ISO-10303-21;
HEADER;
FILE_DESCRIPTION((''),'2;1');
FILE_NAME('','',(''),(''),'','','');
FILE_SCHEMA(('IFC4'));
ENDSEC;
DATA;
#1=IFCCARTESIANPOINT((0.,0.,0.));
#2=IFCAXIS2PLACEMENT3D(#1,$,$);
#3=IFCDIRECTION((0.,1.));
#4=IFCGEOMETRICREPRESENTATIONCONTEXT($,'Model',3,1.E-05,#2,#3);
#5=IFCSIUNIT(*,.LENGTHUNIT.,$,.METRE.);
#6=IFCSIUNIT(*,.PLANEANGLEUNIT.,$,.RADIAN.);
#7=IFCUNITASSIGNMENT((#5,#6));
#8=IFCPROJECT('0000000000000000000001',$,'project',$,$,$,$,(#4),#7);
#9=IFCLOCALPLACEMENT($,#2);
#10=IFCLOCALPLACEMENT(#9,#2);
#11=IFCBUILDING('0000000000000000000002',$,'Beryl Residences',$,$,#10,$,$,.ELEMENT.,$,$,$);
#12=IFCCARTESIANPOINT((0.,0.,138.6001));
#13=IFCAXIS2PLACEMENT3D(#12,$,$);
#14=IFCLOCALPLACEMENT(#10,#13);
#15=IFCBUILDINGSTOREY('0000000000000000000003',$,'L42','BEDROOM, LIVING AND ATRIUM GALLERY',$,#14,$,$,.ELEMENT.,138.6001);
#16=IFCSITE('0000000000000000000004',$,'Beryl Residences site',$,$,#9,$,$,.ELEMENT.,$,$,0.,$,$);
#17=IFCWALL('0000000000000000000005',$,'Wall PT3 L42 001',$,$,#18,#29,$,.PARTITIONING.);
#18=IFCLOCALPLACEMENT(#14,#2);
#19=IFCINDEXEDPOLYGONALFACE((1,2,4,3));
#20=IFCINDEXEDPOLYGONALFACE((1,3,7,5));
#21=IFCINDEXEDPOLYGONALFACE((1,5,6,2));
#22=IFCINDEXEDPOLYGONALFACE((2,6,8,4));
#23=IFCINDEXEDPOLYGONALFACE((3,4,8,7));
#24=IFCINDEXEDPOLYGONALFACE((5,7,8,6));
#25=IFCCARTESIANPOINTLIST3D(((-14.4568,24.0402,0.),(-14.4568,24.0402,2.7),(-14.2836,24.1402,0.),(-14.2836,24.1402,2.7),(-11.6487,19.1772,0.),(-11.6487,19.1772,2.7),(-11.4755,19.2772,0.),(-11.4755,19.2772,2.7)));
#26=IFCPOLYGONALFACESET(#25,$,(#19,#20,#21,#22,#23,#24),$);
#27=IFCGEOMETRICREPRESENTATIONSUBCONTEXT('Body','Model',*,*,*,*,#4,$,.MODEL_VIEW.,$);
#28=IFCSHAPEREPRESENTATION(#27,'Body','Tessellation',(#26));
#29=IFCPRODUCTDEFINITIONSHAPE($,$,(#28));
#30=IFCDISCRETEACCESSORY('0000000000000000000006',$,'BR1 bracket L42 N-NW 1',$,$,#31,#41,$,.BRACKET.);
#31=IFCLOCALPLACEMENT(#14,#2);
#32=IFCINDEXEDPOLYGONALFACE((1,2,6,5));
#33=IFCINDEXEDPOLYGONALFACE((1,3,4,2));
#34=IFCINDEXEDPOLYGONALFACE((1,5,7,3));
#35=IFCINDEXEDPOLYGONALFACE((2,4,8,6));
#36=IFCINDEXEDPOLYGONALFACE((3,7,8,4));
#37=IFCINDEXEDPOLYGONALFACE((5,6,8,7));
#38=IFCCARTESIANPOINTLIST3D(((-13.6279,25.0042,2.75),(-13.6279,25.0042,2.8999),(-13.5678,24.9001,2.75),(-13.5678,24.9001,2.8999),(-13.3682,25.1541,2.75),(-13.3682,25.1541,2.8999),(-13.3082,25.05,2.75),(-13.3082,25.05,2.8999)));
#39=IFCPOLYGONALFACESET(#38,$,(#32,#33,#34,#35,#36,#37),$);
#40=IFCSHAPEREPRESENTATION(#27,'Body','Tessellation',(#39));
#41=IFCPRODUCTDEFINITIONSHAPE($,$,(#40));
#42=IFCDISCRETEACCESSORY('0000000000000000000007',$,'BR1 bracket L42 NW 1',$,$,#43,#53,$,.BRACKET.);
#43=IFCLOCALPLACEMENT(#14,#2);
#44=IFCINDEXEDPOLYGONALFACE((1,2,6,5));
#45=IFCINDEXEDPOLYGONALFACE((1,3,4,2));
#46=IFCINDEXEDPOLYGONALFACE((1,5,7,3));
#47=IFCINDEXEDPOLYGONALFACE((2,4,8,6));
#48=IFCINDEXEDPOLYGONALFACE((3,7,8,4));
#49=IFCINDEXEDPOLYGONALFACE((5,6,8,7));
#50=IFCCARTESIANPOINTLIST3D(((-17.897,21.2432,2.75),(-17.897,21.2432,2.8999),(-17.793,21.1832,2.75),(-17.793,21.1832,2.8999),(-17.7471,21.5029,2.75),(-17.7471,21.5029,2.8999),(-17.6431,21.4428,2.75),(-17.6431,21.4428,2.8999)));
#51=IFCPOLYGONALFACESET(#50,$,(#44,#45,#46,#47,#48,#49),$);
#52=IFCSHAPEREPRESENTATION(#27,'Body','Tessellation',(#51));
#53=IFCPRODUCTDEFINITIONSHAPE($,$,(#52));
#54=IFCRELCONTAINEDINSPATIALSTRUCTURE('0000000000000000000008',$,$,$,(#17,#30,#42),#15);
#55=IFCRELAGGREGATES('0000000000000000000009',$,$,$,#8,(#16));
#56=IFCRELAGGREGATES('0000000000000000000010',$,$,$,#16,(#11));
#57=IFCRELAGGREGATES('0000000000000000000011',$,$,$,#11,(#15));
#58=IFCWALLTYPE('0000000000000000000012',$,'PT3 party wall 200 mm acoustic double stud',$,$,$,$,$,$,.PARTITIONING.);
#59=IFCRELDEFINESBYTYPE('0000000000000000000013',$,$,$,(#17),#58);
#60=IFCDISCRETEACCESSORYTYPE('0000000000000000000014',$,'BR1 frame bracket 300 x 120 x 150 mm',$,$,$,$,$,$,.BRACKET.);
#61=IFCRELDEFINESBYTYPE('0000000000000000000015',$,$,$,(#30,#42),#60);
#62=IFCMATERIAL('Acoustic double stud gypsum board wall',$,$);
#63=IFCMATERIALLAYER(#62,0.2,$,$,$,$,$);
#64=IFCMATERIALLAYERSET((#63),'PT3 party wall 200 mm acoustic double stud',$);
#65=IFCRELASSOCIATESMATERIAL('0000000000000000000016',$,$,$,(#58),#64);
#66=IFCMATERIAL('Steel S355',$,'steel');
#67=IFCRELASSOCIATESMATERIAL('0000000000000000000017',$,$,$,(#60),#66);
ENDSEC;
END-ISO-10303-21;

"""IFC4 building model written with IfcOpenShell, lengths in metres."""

from ifc_helpers import new_model, si_unit, direction, frame, frame_2d, origin, place, context, subcontext, project, spatial, polyline, rectangle, outline, extrude, source, transform, mapped, material, layer, layer_set, type_object, type_shapes, element, save


model = new_model("IFC4")

# Units and contexts
model_context = context("Model", 3, precision=1e-05, world=origin(), true_north=direction((0.0, 1.0)))
body_context = subcontext(model_context, "Body", "Model", "MODEL_VIEW")
ifc_project = project(units=[si_unit("LENGTHUNIT", "METRE"), si_unit("PLANEANGLEUNIT", "RADIAN")], contexts=[model_context])

# Site, building, storey
site_placement = place(None, origin())
site = spatial("IfcSite", under=ifc_project, at=site_placement, Name="Beryl Residences site", CompositionType="ELEMENT", RefElevation=0.0)
building_placement = place(site_placement, origin())
building = spatial("IfcBuilding", under=site, at=building_placement, Name="Beryl Residences", CompositionType="ELEMENT")
storey_placement = place(building_placement, frame((0.0, 0.0, 138.6001)))
storey = spatial("IfcBuildingStorey", under=building, at=storey_placement, Name="L42", Description="BEDROOM, LIVING AND ATRIUM GALLERY", CompositionType="ELEMENT", Elevation=138.6001)

# Wall
ifc_material_1 = material(Name="Acoustic double stud gypsum board wall")
ifc_layer_1 = layer(ifc_material_1, 0.2)
ifc_layer_set_1 = layer_set([ifc_layer_1], Name="PT3 party wall 200 mm acoustic double stud")
wall_type_1 = type_object("IfcWallType", Name="PT3 party wall 200 mm acoustic double stud", PredefinedType="PARTITIONING", material=ifc_layer_set_1)
wall_1_placement = place(storey_placement, frame((-14.3701, 24.0901, 0.0), z_axis=(0.0, 0.0, 1.0), x_axis=(0.500057, -0.865992, 0.0)))
element("IfcWall", 1, at=wall_1_placement, inside=storey, type_object=wall_type_1, Name="Wall PT3 L42 001", PredefinedType="PARTITIONING", context=body_context, shape_type="SweptSolid", body=[
    extrude(rectangle(XDim=5.6155, YDim=0.2, at=frame_2d((2.8076, 0.0))), origin(), (0.0, 0.0, 1.0), 2.7),
])

# Discrete accessories
ifc_material_2 = material(Name="Steel S355", Category="steel")
discrete_accessory_type = type_object("IfcDiscreteAccessoryType", Name="BR1 frame bracket 300 x 120 x 150 mm", PredefinedType="BRACKET", material=ifc_material_2)
shared_shape_1 = source(origin(), body_context, "Body", "SweptSolid", [
    extrude(outline(polyline([(-0.1499, 0.0), (0.1499, 0.0), (0.1499, 0.1201), (-0.1499, 0.1201), (-0.1499, 0.0)])), origin(), (0.0, 0.0, 1.0), 0.1499),
])
type_shapes(discrete_accessory_type, [shared_shape_1])
for number, where, z_axis, x_axis, name in (
    (2, (-13.438, 24.9751, 2.75), (0.0, 0.0, 1.0), (0.866025, 0.5, 0.0), "BR1 bracket L42 N-NW 1"),
    (3, (-17.718, 21.313, 2.75), (0.0, 0.0, 1.0), (0.5, 0.866025, 0.0), "BR1 bracket L42 NW 1"),
):
    element("IfcDiscreteAccessory", number, at=place(storey_placement, frame(where, z_axis=z_axis, x_axis=x_axis)), inside=storey, type_object=discrete_accessory_type, Name=name, PredefinedType="BRACKET", context=body_context, shape_type="MappedRepresentation", body=[
        mapped(shared_shape_1, transform((0.0, 0.0, 0.0))),
    ])

save(model, "model.ifc")
